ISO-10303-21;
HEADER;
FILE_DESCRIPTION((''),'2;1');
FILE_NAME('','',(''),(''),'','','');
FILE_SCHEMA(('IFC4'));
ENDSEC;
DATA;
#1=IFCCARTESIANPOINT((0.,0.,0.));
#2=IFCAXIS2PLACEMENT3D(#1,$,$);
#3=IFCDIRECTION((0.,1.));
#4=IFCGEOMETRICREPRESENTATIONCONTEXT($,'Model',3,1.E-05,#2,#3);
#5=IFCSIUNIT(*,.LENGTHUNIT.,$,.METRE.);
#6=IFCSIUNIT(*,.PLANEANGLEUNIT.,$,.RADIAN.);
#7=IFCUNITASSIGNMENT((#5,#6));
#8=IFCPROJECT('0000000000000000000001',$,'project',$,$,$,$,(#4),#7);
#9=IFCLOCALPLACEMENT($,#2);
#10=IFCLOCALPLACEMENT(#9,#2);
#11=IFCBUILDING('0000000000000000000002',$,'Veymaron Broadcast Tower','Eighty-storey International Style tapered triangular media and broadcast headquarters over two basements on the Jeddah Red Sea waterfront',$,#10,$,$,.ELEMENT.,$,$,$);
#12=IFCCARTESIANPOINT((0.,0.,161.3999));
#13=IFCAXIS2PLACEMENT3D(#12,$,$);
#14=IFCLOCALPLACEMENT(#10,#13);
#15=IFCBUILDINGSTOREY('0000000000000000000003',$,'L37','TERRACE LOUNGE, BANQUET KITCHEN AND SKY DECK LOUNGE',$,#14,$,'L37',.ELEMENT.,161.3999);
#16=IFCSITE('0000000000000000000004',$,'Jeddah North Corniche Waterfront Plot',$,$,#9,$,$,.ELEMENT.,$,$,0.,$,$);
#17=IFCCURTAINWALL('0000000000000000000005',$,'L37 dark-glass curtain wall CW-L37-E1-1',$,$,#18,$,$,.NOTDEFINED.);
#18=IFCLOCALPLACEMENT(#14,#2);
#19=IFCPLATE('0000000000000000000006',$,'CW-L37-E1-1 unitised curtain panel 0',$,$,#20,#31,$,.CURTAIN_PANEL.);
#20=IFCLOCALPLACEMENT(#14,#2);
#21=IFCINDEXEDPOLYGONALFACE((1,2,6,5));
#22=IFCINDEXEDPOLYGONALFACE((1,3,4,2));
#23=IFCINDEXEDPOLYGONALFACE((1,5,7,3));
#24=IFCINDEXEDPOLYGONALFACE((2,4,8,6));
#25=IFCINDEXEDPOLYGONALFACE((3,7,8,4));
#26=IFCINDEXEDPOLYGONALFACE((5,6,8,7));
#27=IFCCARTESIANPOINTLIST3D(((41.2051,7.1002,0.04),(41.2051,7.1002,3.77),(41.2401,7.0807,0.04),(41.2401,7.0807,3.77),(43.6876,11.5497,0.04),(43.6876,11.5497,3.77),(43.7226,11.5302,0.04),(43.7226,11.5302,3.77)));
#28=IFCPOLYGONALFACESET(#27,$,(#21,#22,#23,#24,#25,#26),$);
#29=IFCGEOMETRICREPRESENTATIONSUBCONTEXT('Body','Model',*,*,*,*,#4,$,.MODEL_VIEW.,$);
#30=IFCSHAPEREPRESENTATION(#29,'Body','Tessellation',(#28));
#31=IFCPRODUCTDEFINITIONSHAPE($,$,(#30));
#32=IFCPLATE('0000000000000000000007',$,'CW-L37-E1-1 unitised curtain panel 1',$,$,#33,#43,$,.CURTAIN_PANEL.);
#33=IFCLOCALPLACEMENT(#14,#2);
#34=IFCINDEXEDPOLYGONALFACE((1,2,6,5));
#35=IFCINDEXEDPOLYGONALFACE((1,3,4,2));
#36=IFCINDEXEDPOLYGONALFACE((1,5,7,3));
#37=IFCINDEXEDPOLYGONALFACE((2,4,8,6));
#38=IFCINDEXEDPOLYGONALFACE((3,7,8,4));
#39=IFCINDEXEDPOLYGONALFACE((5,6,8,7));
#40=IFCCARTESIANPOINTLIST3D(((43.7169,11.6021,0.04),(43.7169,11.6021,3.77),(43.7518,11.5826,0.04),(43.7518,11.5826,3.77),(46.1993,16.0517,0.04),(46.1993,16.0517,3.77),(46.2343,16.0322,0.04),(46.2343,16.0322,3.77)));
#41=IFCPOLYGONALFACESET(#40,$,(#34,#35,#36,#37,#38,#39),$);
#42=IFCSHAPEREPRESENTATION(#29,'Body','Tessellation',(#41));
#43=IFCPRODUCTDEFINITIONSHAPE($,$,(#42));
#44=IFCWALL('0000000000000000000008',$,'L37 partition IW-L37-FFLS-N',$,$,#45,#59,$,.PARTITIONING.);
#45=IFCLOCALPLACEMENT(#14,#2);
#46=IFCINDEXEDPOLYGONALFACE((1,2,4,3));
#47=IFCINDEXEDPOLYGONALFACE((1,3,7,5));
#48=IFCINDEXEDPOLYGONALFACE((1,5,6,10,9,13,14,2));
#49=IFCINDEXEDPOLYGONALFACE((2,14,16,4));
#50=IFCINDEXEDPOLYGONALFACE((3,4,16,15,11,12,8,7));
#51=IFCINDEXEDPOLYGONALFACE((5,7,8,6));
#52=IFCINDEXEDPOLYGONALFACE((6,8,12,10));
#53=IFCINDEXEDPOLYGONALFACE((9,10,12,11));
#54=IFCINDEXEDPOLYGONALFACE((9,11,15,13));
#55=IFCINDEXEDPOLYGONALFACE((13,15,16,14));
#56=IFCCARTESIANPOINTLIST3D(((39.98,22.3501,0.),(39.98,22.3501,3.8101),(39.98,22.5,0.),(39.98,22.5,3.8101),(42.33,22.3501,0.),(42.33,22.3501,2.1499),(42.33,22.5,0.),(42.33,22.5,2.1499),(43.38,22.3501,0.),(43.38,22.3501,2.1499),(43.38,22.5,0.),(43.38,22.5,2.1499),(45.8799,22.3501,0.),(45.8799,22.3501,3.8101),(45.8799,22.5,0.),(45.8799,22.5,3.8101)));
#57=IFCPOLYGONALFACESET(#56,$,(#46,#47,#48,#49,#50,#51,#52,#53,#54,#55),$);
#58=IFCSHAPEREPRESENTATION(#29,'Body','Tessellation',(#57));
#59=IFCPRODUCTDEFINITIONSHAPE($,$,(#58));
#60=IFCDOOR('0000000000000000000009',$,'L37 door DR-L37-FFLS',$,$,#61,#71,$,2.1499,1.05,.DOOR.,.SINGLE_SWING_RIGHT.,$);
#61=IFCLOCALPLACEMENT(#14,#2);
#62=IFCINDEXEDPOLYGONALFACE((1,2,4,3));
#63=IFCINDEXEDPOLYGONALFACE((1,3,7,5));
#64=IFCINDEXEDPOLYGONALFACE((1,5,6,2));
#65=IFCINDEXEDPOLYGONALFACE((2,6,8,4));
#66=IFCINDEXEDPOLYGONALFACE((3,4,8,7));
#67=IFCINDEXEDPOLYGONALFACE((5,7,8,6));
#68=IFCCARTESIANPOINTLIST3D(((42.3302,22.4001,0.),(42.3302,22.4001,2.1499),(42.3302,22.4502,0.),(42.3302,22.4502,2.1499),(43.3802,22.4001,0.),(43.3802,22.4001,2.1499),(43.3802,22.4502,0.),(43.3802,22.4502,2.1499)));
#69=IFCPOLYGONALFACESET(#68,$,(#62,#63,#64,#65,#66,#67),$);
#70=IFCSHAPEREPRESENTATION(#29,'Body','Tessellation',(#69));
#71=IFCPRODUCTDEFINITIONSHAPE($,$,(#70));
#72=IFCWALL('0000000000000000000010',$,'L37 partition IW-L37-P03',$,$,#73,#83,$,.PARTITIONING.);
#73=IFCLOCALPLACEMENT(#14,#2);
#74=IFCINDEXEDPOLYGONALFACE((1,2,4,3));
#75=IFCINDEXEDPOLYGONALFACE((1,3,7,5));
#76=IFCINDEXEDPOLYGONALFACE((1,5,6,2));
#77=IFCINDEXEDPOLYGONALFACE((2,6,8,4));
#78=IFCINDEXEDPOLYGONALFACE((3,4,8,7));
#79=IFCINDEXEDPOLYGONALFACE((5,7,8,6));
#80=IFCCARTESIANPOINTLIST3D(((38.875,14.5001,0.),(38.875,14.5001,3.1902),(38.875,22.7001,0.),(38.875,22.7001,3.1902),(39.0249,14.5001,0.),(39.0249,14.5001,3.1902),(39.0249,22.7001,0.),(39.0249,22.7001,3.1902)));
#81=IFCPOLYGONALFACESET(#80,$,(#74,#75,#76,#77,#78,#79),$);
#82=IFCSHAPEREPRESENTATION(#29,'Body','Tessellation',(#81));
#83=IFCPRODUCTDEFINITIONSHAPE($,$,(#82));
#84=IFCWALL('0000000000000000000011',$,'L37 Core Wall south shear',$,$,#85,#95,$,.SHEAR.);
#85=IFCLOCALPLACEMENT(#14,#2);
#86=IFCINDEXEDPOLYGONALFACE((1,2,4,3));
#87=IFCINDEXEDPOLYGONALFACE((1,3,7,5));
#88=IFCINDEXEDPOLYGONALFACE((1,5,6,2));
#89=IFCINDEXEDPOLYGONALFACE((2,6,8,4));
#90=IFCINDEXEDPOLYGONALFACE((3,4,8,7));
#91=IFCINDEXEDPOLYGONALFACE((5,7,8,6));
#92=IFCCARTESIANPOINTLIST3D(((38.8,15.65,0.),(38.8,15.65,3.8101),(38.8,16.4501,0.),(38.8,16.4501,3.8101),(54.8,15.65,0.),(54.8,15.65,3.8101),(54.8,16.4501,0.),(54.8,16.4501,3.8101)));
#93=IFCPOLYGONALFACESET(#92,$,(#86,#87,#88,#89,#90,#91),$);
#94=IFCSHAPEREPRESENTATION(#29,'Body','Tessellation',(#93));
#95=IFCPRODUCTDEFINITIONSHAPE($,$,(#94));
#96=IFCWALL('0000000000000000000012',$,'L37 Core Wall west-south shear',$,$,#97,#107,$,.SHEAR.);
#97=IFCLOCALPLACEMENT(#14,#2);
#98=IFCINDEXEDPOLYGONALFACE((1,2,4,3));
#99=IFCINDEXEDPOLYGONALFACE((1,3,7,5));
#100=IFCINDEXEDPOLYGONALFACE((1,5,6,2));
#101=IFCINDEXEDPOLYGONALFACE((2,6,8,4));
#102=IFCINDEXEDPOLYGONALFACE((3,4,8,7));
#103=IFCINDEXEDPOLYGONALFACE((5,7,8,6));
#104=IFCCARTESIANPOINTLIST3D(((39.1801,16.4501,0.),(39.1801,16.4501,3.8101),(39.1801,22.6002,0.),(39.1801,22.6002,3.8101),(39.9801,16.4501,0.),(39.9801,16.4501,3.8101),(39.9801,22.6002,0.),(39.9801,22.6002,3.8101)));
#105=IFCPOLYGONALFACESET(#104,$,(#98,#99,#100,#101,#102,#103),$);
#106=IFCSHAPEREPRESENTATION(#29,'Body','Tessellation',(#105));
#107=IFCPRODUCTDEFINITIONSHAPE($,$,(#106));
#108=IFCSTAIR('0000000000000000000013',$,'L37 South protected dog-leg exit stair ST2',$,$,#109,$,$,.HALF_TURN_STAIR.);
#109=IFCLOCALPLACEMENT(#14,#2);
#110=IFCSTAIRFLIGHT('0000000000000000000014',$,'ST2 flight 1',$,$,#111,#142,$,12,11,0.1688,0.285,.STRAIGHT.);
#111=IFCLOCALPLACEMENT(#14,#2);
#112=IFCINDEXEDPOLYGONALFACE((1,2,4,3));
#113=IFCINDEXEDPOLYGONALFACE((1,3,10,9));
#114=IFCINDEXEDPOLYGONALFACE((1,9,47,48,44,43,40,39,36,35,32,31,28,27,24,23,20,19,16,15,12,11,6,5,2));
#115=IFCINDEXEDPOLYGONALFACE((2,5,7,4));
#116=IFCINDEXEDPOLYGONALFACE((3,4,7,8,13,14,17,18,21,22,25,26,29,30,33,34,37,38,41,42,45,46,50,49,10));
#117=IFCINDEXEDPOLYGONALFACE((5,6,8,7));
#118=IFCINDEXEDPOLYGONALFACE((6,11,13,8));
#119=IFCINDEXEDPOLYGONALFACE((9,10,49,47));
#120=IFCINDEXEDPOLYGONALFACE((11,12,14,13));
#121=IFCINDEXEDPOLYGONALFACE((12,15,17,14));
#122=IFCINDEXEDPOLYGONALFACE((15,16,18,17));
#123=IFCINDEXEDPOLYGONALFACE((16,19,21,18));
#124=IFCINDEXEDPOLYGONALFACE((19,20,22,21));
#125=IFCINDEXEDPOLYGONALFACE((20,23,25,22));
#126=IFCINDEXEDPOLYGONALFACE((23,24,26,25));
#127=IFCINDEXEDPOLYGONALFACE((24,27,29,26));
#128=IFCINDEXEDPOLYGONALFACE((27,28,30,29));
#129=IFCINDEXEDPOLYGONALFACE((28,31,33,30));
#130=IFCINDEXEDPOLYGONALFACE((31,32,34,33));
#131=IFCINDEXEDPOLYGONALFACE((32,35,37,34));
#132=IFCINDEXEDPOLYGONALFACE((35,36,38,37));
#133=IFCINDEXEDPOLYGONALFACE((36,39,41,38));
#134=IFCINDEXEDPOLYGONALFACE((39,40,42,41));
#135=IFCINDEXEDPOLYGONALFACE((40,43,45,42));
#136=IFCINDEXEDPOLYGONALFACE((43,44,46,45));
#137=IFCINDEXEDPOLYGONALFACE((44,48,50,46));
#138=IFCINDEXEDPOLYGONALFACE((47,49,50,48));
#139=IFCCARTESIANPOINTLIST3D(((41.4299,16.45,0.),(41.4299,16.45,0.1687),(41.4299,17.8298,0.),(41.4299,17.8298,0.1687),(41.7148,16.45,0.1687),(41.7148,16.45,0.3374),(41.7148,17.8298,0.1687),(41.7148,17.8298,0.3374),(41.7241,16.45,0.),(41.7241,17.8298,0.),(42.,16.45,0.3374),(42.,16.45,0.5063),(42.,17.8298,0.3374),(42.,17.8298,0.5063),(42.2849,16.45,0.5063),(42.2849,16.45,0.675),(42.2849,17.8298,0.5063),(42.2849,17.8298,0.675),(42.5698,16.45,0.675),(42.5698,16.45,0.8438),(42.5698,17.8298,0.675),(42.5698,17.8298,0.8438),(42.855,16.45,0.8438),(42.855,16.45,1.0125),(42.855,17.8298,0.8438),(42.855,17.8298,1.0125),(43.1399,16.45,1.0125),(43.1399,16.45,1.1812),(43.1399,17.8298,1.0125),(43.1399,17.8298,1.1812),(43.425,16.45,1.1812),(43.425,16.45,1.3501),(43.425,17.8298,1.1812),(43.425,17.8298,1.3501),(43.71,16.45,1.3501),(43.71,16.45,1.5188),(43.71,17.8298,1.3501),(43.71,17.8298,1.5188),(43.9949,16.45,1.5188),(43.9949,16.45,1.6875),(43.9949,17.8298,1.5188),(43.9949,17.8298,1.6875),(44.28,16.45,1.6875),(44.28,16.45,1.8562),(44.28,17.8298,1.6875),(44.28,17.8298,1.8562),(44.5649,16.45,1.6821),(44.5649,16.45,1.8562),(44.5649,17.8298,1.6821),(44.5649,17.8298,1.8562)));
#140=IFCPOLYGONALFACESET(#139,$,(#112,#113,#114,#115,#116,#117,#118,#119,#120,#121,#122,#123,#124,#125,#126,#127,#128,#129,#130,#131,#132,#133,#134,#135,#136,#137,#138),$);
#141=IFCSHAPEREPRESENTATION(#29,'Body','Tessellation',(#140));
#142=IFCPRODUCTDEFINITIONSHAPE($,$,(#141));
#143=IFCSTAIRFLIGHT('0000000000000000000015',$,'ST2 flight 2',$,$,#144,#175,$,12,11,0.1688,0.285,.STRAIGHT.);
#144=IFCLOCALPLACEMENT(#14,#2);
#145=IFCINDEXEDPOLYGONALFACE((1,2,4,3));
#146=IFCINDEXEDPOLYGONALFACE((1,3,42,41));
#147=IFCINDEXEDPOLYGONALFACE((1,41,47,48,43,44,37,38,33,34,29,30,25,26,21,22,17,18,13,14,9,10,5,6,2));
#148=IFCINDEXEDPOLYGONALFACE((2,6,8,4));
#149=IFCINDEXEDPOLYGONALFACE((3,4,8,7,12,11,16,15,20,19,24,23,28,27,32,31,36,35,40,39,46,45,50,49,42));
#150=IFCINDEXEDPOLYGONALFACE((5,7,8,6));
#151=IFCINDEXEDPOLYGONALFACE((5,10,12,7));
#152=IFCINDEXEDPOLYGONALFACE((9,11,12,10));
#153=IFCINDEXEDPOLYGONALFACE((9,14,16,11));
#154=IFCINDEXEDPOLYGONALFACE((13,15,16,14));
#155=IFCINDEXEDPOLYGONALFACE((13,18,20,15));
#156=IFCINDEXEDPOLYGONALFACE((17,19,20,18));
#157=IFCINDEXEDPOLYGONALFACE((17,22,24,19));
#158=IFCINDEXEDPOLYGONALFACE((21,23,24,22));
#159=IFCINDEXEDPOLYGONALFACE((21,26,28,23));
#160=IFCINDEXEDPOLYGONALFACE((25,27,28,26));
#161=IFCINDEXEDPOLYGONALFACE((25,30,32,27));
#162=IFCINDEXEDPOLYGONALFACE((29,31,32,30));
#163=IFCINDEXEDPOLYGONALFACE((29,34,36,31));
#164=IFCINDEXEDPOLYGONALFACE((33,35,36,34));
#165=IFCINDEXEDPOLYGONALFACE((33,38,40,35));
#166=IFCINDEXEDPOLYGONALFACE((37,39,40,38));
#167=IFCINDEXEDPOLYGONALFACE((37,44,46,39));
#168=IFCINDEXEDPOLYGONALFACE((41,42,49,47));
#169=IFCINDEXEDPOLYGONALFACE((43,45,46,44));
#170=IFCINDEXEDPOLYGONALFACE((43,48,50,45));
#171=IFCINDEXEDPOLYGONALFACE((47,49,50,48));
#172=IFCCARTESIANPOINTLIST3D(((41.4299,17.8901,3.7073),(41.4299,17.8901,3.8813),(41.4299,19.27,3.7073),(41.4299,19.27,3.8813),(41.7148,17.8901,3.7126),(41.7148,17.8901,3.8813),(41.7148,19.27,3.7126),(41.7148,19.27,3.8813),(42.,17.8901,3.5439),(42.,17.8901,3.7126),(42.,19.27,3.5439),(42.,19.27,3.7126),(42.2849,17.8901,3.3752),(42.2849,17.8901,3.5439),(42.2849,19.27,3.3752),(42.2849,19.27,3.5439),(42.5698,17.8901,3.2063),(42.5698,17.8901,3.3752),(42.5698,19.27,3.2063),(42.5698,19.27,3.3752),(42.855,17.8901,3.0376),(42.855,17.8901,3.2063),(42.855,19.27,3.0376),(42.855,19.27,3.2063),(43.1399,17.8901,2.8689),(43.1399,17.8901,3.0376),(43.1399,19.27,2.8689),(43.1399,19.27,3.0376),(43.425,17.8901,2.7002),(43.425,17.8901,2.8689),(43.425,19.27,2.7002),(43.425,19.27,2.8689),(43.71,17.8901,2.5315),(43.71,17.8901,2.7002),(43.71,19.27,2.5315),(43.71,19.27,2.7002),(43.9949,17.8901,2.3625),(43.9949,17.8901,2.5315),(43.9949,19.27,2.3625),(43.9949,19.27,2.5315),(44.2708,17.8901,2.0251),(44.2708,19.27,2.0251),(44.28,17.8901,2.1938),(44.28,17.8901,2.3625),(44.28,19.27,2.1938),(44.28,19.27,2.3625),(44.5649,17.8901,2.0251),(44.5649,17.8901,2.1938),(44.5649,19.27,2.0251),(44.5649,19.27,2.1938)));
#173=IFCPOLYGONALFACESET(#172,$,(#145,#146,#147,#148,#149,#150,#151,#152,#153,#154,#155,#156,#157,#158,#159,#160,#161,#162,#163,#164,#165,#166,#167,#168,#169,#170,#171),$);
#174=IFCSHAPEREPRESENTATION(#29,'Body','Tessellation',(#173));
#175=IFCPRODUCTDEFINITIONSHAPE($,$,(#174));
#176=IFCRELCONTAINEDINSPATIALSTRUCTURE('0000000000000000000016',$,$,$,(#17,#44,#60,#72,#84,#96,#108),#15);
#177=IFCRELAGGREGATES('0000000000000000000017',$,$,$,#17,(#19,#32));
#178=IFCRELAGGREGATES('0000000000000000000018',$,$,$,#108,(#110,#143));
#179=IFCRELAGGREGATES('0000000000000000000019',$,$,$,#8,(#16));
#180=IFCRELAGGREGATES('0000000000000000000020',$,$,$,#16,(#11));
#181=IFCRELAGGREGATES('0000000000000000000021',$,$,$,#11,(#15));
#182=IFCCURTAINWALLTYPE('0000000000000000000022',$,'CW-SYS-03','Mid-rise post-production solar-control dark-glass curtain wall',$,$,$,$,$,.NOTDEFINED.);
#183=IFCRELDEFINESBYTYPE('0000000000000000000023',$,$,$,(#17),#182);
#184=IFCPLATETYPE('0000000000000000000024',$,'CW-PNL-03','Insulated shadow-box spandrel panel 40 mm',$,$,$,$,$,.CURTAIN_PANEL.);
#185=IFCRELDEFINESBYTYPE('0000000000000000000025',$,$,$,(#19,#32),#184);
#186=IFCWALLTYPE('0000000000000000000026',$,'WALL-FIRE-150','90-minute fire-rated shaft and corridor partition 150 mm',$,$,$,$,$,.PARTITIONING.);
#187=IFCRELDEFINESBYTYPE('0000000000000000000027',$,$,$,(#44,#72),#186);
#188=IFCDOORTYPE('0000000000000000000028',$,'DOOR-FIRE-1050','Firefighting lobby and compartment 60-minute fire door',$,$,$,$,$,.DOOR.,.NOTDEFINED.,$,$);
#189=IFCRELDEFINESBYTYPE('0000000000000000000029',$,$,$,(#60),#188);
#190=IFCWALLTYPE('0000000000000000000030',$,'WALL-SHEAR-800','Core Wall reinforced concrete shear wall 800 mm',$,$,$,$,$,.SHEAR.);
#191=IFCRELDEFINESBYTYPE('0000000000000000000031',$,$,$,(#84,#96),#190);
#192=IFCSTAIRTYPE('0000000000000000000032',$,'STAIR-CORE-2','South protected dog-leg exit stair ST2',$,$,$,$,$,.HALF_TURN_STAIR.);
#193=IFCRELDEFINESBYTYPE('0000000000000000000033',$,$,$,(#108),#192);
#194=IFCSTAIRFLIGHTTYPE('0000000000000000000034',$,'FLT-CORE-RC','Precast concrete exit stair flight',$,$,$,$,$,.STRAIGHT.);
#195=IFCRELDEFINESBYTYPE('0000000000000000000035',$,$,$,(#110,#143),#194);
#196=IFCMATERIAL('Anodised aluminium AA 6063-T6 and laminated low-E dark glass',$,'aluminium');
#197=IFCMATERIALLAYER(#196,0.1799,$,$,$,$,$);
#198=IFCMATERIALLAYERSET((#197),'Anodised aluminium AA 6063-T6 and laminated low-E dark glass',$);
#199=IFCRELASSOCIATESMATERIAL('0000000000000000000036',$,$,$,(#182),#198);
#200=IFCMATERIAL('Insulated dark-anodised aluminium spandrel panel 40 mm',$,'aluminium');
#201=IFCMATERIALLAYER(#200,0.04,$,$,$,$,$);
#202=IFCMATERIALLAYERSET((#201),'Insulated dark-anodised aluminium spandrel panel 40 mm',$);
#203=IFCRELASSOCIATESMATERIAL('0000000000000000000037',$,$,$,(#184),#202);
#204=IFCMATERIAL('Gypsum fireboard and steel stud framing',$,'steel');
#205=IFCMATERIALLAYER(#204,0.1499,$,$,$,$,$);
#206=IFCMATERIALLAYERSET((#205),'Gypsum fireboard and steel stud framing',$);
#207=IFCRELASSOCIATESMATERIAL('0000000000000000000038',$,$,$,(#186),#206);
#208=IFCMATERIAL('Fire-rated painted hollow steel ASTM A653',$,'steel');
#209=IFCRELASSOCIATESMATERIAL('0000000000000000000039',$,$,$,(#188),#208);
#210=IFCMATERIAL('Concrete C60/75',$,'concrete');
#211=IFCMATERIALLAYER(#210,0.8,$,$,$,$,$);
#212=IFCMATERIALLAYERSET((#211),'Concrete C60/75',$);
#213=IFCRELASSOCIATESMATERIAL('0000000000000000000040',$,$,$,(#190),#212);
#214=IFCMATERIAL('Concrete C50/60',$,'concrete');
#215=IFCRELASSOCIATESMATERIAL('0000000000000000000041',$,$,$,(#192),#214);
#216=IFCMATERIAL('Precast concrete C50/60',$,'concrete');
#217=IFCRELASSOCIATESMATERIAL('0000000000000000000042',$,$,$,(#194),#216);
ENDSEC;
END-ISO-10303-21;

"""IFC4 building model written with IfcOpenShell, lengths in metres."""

from ifc_helpers import new_model, si_unit, direction, frame, frame_2d, origin, origin_2d, place, context, subcontext, project, spatial, polyline, rectangle, outline, extrude, material, layer, layer_set, type_object, element, fill, aggregate, save


model = new_model("IFC4")

# Units and contexts
model_context = context("Model", 3, precision=1e-05, world=origin(), true_north=direction((0.0, 1.0)))
body_context = subcontext(model_context, "Body", "Model", "MODEL_VIEW")
ifc_project = project(units=[si_unit("LENGTHUNIT", "METRE"), si_unit("PLANEANGLEUNIT", "RADIAN")], contexts=[model_context])

# Site, building, storey
site_placement = place(None, origin())
site = spatial("IfcSite", under=ifc_project, at=site_placement, Name="Jeddah North Corniche Waterfront Plot", CompositionType="ELEMENT", RefElevation=0.0)
building_placement = place(site_placement, origin())
building = spatial("IfcBuilding", under=site, at=building_placement, Name="Veymaron Broadcast Tower", Description="Eighty-storey International Style tapered triangular media and broadcast headquarters over two basements on the Jeddah Red Sea waterfront", CompositionType="ELEMENT")
storey_placement = place(building_placement, frame((0.0, 0.0, 161.3999)))
storey = spatial("IfcBuildingStorey", under=building, at=storey_placement, Name="L37", Description="TERRACE LOUNGE, BANQUET KITCHEN AND SKY DECK LOUNGE", LongName="L37", CompositionType="ELEMENT", Elevation=161.3999)

# Curtain wall, plates
ifc_material_1 = material(Name="Anodised aluminium AA 6063-T6 and laminated low-E dark glass", Category="aluminium")
ifc_layer_1 = layer(ifc_material_1, 0.1799)
ifc_layer_set_1 = layer_set([ifc_layer_1], Name="Anodised aluminium AA 6063-T6 and laminated low-E dark glass")
curtain_wall_type = type_object("IfcCurtainWallType", Name="CW-SYS-03", Description="Mid-rise post-production solar-control dark-glass curtain wall", PredefinedType="NOTDEFINED", material=ifc_layer_set_1)
curtain_wall_placement = place(storey_placement, origin())
curtain_wall = element("IfcCurtainWall", 1, at=curtain_wall_placement, inside=storey, type_object=curtain_wall_type, Name="L37 dark-glass curtain wall CW-L37-E1-1", PredefinedType="NOTDEFINED")
ifc_material_2 = material(Name="Insulated dark-anodised aluminium spandrel panel 40 mm", Category="aluminium")
ifc_layer_2 = layer(ifc_material_2, 0.04)
ifc_layer_set_2 = layer_set([ifc_layer_2], Name="Insulated dark-anodised aluminium spandrel panel 40 mm")
plate_type = type_object("IfcPlateType", Name="CW-PNL-03", Description="Insulated shadow-box spandrel panel 40 mm", PredefinedType="CURTAIN_PANEL", material=ifc_layer_set_2)
plate_1_placement = place(storey_placement, frame((42.4639, 9.3152, 0.04), z_axis=(0.0, 0.0, 1.0), x_axis=(0.48722, 0.873279, 0.0)))
plate_1 = element("IfcPlate", 2, at=plate_1_placement, type_object=plate_type, Name="CW-L37-E1-1 unitised curtain panel 0", PredefinedType="CURTAIN_PANEL", context=body_context, shape_type="SweptSolid", body=[
    extrude(rectangle(XDim=5.0952, YDim=0.04, at=origin_2d()), origin(), (0.0, 0.0, 1.0), 3.73),
])
plate_2_placement = place(storey_placement, frame((44.9756, 13.8171, 0.04), z_axis=(0.0, 0.0, 1.0), x_axis=(0.48722, 0.873279, 0.0)))
plate_2 = element("IfcPlate", 3, at=plate_2_placement, type_object=plate_type, Name="CW-L37-E1-1 unitised curtain panel 1", PredefinedType="CURTAIN_PANEL", context=body_context, shape_type="SweptSolid", body=[
    extrude(rectangle(XDim=5.0952, YDim=0.04, at=origin_2d()), origin(), (0.0, 0.0, 1.0), 3.73),
])
aggregate(curtain_wall, [plate_1, plate_2])

# Wall, opening, door
ifc_material_3 = material(Name="Gypsum fireboard and steel stud framing", Category="steel")
ifc_layer_3 = layer(ifc_material_3, 0.1499)
ifc_layer_set_3 = layer_set([ifc_layer_3], Name="Gypsum fireboard and steel stud framing")
wall_type_1 = type_object("IfcWallType", Name="WALL-FIRE-150", Description="90-minute fire-rated shaft and corridor partition 150 mm", PredefinedType="PARTITIONING", material=ifc_layer_set_3)
wall_1_placement = place(storey_placement, frame((39.98, 22.425, 0.0), z_axis=(0.0, 0.0, 1.0), x_axis=(1.0, 0.0, 0.0)))
wall_1 = element("IfcWall", 4, at=wall_1_placement, inside=storey, type_object=wall_type_1, Name="L37 partition IW-L37-FFLS-N", PredefinedType="PARTITIONING", context=body_context, shape_type="SweptSolid", body=[
    extrude(rectangle(XDim=5.8999, YDim=0.1499, at=frame_2d((2.95, 0.0))), origin(), (0.0, 0.0, 1.0), 3.8101),
])
opening_1_placement = place(wall_1_placement, frame((2.3501, 0.0, 0.0)))
opening_1 = element("IfcOpeningElement", 5, at=opening_1_placement, cuts=wall_1, PredefinedType="OPENING", context=body_context, shape_type="SweptSolid", body=[
    extrude(rectangle(XDim=1.05, YDim=2.1499, at=frame_2d((0.5249, 1.075))), frame((0.0, 0.085, 0.0), z_axis=(0.0, -1.0, 0.0), x_axis=(1.0, 0.0, 0.0)), (0.0, 0.0, 1.0), 0.1699),
])
ifc_material_4 = material(Name="Fire-rated painted hollow steel ASTM A653", Category="steel")
door_type_1 = type_object("IfcDoorType", Name="DOOR-FIRE-1050", Description="Firefighting lobby and compartment 60-minute fire door", OperationType="NOTDEFINED", PredefinedType="DOOR", material=ifc_material_4)
door_1_placement = place(opening_1_placement, frame((1.05, 0.0, 0.0), z_axis=(0.0, 0.0, 1.0), x_axis=(-1.0, 0.0, 0.0)))
door_1 = element("IfcDoor", 6, at=door_1_placement, inside=storey, type_object=door_type_1, Name="L37 door DR-L37-FFLS", OperationType="SINGLE_SWING_RIGHT", OverallHeight=2.1499, OverallWidth=1.05, PredefinedType="DOOR", context=body_context, shape_type="SweptSolid", body=[
    extrude(rectangle(XDim=1.05, YDim=2.1499, at=frame_2d((0.5249, 1.075))), frame((0.0, 0.0249, 0.0), z_axis=(0.0, -1.0, 0.0), x_axis=(1.0, 0.0, 0.0)), (0.0, 0.0, 1.0), 0.05),
])
fill(opening_1, door_1)

# Wall
wall_2_placement = place(storey_placement, frame((38.95, 14.5, 0.0), z_axis=(0.0, 0.0, 1.0), x_axis=(0.0, 1.0, 0.0)))
element("IfcWall", 7, at=wall_2_placement, inside=storey, type_object=wall_type_1, Name="L37 partition IW-L37-P03", PredefinedType="PARTITIONING", context=body_context, shape_type="SweptSolid", body=[
    extrude(rectangle(XDim=8.2, YDim=0.1499, at=frame_2d((4.1001, 0.0))), origin(), (0.0, 0.0, 1.0), 3.1902),
])

# Shared definitions
ifc_material_5 = material(Name="Concrete C50/60", Category="concrete")

# Walls
ifc_material_6 = material(Name="Concrete C60/75", Category="concrete")
ifc_layer_4 = layer(ifc_material_6, 0.8)
ifc_layer_set_4 = layer_set([ifc_layer_4], Name="Concrete C60/75")
wall_type_2 = type_object("IfcWallType", Name="WALL-SHEAR-800", Description="Core Wall reinforced concrete shear wall 800 mm", PredefinedType="SHEAR", material=ifc_layer_set_4)
wall_3_placement = place(storey_placement, frame((38.8, 16.05, 0.0), z_axis=(0.0, 0.0, 1.0), x_axis=(1.0, 0.0, 0.0)))
element("IfcWall", 8, at=wall_3_placement, inside=storey, type_object=wall_type_2, Name="L37 Core Wall south shear", PredefinedType="SHEAR", context=body_context, shape_type="SweptSolid", body=[
    extrude(rectangle(XDim=16.0, YDim=0.8, at=frame_2d((8.0, 0.0))), origin(), (0.0, 0.0, 1.0), 3.8101),
])
wall_4_placement = place(storey_placement, frame((39.5801, 16.45, 0.0), z_axis=(0.0, 0.0, 1.0), x_axis=(0.0, 1.0, 0.0)))
element("IfcWall", 9, at=wall_4_placement, inside=storey, type_object=wall_type_2, Name="L37 Core Wall west-south shear", PredefinedType="SHEAR", context=body_context, shape_type="SweptSolid", body=[
    extrude(rectangle(XDim=6.1501, YDim=0.8, at=frame_2d((3.0752, 0.0))), origin(), (0.0, 0.0, 1.0), 3.8101),
])

# Stair, stair flights
stair_type = type_object("IfcStairType", Name="STAIR-CORE-2", Description="South protected dog-leg exit stair ST2", PredefinedType="HALF_TURN_STAIR", material=ifc_material_5)
stair_placement = place(storey_placement, origin())
stair = element("IfcStair", 10, at=stair_placement, inside=storey, type_object=stair_type, Name="L37 South protected dog-leg exit stair ST2", PredefinedType="HALF_TURN_STAIR")
ifc_material_7 = material(Name="Precast concrete C50/60", Category="concrete")
stair_flight_type = type_object("IfcStairFlightType", Name="FLT-CORE-RC", Description="Precast concrete exit stair flight", PredefinedType="STRAIGHT", material=ifc_material_7)
stair_flight_1_placement = place(storey_placement, frame((41.4299, 17.1399, 0.0), z_axis=(0.0, 0.0, 1.0), x_axis=(1.0, 0.0, 0.0)))
stair_flight_1 = element("IfcStairFlight", 11, at=stair_flight_1_placement, type_object=stair_flight_type, Name="ST2 flight 1", NumberOfRisers=12, NumberOfTreads=11, PredefinedType="STRAIGHT", RiserHeight=0.1688, TreadLength=0.285, context=body_context, shape_type="SweptSolid", body=[
    extrude(outline(polyline([(0.0, 0.0), (0.0, 0.1687), (0.2849, 0.1687), (0.2849, 0.3374), (0.5701, 0.3374), (0.5701, 0.5063), (0.855, 0.5063), (0.855, 0.675), (1.1399, 0.675), (1.1399, 0.8438), (1.425, 0.8438), (1.425, 1.0125), (1.71, 1.0125), (1.71, 1.1812), (1.9951, 1.1812), (1.9951, 1.3501), (2.28, 1.3501), (2.28, 1.5188), (2.5649, 1.5188), (2.5649, 1.6875), (2.8501, 1.6875), (2.8501, 1.8562), (3.135, 1.8562), (3.135, 2.0249), (3.135, 1.6821), (0.2942, 0.0), (0.0, 0.0)])), frame((0.0, 0.6899, 0.0), z_axis=(0.0, -1.0, 0.0), x_axis=(1.0, 0.0, 0.0)), (0.0, 0.0, 1.0), 1.3799),
])
stair_flight_2_placement = place(storey_placement, frame((44.5649, 18.5801, 2.0251), z_axis=(0.0, 0.0, 1.0), x_axis=(-1.0, 0.0, 0.0)))
stair_flight_2 = element("IfcStairFlight", 12, at=stair_flight_2_placement, type_object=stair_flight_type, Name="ST2 flight 2", NumberOfRisers=12, NumberOfTreads=11, PredefinedType="STRAIGHT", RiserHeight=0.1688, TreadLength=0.285, context=body_context, shape_type="SweptSolid", body=[
    extrude(outline(polyline([(0.0, 0.0), (0.0, 0.1687), (0.2849, 0.1687), (0.2849, 0.3374), (0.5701, 0.3374), (0.5701, 0.5063), (0.855, 0.5063), (0.855, 0.675), (1.1399, 0.675), (1.1399, 0.8438), (1.425, 0.8438), (1.425, 1.0125), (1.71, 1.0125), (1.71, 1.1812), (1.9951, 1.1812), (1.9951, 1.3501), (2.28, 1.3501), (2.28, 1.5188), (2.5649, 1.5188), (2.5649, 1.6875), (2.8501, 1.6875), (2.8501, 1.8562), (3.135, 1.8562), (3.135, 2.0249), (3.135, 1.6821), (0.2942, 0.0), (0.0, 0.0)])), frame((0.0, 0.6899, 0.0), z_axis=(0.0, -1.0, 0.0), x_axis=(1.0, 0.0, 0.0)), (0.0, 0.0, 1.0), 1.3799),
])
aggregate(stair, [stair_flight_1, stair_flight_2])

save(model, "model.ifc")
